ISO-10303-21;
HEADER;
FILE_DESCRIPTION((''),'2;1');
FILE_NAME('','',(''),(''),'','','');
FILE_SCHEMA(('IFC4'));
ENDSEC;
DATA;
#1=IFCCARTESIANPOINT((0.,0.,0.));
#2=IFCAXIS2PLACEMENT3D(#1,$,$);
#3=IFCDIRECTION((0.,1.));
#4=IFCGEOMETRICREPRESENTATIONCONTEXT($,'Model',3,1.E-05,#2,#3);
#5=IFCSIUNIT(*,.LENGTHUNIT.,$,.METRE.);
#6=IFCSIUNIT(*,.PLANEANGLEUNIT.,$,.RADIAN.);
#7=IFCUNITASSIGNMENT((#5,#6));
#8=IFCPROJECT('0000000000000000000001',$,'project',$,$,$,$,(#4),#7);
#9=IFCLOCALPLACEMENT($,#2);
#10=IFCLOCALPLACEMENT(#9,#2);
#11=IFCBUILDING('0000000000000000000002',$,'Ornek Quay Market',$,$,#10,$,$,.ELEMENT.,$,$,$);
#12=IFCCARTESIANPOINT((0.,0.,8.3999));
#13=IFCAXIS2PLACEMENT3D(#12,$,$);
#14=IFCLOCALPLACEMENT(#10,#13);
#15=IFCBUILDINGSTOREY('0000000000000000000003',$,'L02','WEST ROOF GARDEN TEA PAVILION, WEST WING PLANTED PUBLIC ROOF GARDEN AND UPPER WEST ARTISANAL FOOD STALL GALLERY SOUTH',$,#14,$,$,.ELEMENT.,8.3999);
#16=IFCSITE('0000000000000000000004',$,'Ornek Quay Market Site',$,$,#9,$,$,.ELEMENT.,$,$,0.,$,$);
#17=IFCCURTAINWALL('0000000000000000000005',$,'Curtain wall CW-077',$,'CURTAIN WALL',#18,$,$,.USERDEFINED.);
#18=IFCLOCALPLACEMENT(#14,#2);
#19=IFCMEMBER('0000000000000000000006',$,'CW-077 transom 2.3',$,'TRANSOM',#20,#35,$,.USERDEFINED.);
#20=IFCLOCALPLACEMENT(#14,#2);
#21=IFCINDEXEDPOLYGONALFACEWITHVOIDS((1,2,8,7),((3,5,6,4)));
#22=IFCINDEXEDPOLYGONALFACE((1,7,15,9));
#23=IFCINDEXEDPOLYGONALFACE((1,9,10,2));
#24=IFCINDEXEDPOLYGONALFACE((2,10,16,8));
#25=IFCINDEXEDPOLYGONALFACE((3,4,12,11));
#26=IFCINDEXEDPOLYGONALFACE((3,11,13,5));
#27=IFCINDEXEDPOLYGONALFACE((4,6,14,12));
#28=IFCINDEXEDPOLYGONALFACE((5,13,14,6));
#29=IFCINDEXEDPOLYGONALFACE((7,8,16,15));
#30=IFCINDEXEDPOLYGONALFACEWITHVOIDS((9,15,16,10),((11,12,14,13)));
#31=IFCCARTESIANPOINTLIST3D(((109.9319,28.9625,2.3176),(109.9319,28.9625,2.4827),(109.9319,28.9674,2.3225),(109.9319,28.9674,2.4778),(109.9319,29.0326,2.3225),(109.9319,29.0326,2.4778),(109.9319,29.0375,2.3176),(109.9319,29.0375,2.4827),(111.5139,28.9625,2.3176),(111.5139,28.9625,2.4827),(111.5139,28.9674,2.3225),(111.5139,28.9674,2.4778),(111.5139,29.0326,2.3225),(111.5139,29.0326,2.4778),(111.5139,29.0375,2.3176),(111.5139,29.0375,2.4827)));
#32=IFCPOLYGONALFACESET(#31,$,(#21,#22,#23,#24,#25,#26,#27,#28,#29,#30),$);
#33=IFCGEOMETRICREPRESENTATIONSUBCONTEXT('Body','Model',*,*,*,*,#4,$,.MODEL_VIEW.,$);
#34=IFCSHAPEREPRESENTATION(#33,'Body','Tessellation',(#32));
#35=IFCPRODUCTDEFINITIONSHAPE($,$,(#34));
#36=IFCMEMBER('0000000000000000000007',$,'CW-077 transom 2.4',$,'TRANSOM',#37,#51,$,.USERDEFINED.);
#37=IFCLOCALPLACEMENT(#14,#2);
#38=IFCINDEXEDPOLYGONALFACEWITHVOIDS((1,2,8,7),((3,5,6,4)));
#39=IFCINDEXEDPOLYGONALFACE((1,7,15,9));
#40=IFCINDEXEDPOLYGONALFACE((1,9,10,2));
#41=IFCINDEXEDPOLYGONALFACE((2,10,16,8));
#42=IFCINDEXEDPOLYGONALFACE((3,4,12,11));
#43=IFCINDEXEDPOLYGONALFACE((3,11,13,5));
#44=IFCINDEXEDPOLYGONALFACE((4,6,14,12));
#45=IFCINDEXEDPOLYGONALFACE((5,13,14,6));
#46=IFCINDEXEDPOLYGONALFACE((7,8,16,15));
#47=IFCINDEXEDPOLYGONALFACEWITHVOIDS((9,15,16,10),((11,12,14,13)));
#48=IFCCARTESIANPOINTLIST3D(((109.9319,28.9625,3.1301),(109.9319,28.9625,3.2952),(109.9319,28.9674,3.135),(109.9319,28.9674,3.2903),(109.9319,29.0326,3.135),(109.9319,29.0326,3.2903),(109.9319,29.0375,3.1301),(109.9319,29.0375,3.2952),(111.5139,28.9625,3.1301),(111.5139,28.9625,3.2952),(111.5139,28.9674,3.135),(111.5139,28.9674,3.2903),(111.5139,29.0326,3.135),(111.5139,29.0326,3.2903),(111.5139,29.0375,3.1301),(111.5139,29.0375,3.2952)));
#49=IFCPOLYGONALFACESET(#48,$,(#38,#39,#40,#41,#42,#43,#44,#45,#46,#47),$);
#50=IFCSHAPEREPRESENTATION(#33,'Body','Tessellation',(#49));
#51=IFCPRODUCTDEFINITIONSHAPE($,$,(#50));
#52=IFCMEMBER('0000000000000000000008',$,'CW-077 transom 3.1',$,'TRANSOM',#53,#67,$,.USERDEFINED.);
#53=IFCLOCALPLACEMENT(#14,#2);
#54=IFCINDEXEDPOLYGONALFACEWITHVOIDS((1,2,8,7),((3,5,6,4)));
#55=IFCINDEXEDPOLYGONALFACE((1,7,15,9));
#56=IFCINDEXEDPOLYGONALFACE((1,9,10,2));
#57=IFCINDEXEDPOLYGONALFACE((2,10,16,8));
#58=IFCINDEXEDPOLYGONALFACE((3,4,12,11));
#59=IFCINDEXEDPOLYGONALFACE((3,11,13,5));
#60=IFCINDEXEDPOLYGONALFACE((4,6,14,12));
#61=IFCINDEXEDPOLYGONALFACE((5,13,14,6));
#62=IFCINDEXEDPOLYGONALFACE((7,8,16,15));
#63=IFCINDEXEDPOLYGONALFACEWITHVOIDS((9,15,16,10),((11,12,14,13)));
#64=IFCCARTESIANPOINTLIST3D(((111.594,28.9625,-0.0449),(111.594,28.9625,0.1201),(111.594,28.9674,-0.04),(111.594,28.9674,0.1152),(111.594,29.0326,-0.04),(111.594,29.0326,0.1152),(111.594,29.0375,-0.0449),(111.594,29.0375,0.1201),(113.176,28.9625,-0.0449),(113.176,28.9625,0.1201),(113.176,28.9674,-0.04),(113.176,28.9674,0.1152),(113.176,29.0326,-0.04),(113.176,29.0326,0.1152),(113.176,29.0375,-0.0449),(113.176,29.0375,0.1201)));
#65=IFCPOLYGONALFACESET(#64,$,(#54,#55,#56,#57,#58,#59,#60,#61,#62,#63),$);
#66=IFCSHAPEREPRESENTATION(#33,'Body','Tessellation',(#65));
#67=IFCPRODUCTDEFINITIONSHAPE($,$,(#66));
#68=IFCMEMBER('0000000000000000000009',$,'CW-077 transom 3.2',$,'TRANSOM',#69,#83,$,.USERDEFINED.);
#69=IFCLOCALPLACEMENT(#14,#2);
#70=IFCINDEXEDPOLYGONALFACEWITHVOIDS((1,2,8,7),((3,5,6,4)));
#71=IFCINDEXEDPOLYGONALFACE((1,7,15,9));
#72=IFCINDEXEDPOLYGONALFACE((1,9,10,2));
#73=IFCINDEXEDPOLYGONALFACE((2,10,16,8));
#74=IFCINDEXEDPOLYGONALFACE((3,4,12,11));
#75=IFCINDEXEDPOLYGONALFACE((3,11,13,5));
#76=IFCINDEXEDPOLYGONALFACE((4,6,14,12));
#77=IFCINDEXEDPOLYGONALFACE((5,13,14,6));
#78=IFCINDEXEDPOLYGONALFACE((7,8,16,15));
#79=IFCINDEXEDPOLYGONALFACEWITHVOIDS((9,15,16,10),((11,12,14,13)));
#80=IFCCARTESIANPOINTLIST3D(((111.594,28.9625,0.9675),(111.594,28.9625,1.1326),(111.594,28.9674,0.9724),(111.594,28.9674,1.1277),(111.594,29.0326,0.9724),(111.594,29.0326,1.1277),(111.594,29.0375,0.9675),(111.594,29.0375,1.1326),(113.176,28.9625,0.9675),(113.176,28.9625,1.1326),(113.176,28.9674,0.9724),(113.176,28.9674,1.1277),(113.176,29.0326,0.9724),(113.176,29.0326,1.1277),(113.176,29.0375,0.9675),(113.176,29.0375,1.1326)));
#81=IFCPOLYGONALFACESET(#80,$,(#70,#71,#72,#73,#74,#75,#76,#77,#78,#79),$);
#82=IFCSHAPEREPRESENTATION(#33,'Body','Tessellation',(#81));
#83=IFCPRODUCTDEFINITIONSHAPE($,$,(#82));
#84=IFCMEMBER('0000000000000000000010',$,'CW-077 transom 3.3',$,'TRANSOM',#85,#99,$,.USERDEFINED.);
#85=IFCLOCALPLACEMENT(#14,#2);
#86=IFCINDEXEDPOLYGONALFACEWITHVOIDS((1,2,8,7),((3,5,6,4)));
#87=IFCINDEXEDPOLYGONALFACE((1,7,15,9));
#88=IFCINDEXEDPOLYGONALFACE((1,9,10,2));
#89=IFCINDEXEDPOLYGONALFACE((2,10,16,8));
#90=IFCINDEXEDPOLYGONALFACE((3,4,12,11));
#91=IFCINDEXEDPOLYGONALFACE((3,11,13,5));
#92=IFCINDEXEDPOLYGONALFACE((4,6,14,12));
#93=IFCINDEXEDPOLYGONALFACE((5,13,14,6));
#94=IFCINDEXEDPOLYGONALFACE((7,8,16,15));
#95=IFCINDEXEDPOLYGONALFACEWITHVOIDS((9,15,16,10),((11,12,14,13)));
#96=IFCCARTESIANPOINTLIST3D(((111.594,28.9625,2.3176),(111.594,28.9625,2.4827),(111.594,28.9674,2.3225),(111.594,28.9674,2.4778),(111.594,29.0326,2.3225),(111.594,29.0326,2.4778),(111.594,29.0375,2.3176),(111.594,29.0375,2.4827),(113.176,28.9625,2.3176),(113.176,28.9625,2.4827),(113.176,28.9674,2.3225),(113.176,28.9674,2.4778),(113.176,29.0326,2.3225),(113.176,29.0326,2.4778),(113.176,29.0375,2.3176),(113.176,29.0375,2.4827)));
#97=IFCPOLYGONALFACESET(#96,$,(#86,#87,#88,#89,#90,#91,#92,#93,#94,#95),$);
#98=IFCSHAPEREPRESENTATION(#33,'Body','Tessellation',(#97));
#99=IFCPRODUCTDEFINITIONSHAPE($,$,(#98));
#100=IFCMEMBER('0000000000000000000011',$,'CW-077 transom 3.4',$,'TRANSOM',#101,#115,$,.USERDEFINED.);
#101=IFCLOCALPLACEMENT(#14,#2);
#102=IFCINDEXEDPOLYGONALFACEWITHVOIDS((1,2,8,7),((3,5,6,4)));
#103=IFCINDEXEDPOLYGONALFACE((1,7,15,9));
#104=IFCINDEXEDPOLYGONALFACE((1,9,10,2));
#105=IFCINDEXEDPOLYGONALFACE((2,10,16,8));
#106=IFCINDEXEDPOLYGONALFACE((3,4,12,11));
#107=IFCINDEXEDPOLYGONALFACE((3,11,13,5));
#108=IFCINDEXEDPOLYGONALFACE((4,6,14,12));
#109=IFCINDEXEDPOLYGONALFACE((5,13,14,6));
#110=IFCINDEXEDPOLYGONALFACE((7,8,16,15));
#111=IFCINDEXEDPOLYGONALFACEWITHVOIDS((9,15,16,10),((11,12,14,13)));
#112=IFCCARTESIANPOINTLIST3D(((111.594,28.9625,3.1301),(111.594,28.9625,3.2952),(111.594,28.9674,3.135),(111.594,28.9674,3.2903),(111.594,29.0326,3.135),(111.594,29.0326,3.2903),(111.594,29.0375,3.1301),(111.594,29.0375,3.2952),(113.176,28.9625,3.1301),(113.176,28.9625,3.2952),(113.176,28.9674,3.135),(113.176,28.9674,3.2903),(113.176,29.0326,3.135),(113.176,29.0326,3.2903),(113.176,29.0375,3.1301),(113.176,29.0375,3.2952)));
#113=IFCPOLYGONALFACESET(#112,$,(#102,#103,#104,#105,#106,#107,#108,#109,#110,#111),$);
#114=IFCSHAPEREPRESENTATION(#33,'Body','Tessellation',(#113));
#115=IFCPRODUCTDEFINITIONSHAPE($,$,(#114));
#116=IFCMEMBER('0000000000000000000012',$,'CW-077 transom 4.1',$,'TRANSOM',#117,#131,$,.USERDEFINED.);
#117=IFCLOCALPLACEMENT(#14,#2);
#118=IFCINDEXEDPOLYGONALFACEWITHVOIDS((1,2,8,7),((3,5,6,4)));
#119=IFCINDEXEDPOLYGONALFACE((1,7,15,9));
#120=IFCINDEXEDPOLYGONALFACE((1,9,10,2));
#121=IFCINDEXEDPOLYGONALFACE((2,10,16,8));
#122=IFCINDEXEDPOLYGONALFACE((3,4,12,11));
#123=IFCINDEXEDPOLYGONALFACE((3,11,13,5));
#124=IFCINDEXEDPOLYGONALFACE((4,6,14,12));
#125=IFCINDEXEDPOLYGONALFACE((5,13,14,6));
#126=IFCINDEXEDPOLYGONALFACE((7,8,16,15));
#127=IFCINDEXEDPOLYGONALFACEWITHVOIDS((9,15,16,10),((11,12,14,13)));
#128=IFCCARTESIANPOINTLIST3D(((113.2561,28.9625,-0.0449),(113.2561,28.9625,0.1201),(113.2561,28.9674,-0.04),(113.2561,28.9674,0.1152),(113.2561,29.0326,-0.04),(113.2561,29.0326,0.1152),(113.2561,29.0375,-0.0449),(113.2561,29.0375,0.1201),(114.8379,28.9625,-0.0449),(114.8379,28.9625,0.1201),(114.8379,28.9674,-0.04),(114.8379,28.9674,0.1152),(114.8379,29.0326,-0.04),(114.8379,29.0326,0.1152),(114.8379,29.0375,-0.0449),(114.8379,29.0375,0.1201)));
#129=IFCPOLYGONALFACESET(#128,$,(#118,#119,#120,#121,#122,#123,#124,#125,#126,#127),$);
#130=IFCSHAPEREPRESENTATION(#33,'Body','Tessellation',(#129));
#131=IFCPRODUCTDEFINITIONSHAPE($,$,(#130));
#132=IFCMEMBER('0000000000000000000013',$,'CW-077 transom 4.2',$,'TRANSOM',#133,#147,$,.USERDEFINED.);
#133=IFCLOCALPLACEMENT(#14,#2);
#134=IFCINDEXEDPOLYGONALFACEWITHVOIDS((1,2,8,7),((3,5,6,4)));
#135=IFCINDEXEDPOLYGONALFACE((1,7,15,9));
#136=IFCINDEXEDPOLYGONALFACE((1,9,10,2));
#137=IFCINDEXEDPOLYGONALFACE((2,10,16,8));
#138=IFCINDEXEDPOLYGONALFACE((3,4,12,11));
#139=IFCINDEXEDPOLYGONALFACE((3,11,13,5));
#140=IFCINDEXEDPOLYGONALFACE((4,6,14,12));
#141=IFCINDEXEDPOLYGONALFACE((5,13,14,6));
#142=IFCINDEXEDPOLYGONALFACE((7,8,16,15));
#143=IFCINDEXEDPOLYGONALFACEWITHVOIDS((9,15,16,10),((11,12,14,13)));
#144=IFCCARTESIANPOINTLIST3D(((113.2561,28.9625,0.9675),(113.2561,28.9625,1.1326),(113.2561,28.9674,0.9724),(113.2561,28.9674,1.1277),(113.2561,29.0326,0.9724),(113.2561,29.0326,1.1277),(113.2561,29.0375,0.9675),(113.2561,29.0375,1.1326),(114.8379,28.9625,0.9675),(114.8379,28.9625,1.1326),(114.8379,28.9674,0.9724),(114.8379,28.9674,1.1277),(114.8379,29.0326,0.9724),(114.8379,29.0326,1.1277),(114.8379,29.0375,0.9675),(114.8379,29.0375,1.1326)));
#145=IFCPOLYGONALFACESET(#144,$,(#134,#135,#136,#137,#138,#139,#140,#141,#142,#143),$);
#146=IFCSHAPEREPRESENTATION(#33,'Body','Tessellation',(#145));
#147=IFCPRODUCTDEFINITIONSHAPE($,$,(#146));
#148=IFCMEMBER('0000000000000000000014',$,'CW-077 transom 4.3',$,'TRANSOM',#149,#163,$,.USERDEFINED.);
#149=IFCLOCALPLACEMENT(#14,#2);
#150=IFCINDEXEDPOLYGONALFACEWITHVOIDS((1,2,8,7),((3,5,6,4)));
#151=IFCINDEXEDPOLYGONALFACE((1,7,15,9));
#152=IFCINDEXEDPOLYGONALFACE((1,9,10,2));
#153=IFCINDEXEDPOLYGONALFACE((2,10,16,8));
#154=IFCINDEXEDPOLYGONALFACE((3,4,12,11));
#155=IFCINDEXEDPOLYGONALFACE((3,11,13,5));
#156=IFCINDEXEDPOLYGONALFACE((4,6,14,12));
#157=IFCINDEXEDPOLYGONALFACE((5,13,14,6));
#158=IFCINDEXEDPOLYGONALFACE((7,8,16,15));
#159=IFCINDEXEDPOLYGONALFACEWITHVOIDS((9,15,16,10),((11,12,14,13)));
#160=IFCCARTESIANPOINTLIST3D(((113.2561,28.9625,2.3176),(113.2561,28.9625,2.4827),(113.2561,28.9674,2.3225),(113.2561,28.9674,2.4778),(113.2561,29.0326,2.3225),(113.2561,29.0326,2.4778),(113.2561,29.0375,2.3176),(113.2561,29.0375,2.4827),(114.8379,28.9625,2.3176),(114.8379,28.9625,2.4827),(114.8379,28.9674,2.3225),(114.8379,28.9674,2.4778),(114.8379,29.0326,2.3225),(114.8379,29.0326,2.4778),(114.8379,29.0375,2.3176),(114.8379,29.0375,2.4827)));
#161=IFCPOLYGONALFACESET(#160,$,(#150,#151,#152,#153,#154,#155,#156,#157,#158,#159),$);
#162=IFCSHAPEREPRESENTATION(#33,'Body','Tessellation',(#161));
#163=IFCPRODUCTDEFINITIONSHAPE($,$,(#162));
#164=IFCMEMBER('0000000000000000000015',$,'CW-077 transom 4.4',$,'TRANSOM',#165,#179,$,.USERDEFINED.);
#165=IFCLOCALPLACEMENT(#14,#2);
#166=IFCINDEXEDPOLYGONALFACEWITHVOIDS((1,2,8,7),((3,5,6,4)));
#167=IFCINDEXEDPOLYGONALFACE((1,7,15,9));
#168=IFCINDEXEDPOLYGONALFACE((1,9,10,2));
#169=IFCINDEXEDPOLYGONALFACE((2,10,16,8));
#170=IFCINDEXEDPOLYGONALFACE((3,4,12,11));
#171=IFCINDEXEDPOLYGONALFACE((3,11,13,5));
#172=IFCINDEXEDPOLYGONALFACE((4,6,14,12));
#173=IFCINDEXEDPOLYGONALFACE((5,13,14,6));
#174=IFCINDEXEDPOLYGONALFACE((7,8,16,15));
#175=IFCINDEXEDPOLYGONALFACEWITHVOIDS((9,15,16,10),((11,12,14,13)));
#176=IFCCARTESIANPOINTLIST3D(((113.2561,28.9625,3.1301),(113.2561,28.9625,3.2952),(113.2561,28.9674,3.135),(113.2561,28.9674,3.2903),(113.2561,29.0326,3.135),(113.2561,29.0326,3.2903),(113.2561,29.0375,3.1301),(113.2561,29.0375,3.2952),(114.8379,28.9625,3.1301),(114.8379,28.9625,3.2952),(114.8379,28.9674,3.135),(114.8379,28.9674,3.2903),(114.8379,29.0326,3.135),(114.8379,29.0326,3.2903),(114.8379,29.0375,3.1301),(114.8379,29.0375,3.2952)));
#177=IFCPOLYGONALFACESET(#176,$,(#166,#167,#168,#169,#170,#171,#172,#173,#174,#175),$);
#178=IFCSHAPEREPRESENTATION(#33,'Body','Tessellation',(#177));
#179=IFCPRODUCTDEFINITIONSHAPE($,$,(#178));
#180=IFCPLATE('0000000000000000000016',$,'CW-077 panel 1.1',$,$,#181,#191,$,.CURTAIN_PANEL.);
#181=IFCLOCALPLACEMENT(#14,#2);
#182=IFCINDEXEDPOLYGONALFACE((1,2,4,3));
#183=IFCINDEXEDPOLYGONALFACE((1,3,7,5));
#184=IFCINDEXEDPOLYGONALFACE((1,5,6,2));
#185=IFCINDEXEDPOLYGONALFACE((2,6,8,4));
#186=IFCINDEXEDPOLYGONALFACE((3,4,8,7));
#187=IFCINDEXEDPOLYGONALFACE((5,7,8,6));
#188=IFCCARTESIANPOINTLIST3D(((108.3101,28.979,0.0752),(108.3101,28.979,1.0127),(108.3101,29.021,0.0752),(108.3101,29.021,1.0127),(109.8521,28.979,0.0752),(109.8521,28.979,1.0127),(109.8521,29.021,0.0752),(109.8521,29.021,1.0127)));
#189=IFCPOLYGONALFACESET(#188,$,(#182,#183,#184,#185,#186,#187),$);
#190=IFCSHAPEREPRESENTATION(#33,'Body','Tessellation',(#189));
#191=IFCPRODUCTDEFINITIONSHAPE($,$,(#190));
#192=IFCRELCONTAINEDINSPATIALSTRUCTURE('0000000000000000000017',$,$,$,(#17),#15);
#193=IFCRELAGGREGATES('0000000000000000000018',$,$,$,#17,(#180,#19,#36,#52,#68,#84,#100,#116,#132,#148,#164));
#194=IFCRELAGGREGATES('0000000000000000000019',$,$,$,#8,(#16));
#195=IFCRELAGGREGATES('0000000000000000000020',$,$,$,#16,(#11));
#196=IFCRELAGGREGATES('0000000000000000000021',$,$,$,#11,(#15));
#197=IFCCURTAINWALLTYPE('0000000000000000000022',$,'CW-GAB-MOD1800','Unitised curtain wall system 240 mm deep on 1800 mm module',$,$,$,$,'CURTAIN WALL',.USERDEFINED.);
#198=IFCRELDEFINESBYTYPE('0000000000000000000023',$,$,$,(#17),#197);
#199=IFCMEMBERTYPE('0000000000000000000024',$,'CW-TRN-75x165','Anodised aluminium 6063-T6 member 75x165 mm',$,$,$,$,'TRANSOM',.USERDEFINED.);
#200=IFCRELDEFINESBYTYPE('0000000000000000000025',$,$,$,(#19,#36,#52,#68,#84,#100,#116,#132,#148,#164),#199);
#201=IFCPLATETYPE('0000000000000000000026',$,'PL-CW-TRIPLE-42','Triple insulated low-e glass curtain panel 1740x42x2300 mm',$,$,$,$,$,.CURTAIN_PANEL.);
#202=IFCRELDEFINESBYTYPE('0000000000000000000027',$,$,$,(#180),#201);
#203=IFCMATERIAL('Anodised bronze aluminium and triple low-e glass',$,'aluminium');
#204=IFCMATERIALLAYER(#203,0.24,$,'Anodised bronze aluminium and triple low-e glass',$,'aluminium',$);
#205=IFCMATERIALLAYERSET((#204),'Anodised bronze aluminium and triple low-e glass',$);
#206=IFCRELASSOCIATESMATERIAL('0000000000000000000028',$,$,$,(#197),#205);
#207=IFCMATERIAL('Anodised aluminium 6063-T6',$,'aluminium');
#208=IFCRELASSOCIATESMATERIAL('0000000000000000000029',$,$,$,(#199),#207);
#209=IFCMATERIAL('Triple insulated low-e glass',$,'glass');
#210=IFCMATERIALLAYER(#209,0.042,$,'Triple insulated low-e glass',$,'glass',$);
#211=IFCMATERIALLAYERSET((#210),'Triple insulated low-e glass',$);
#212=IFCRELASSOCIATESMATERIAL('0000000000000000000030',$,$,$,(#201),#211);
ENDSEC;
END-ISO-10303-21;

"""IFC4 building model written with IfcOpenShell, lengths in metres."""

from ifc_helpers import new_model, si_unit, direction, frame, origin, origin_2d, place, context, subcontext, project, spatial, rectangle, hollow_rectangle, extrude, material, layer, layer_set, material_profile, profile_set, type_object, element, aggregate, save


model = new_model("IFC4")

# Units and contexts
model_context = context("Model", 3, precision=1e-05, world=origin(), true_north=direction((0.0, 1.0)))
body_context = subcontext(model_context, "Body", "Model", "MODEL_VIEW")
ifc_project = project(units=[si_unit("LENGTHUNIT", "METRE"), si_unit("PLANEANGLEUNIT", "RADIAN")], contexts=[model_context])

# Site, building, storey
site_placement = place(None, origin())
site = spatial("IfcSite", under=ifc_project, at=site_placement, Name="Ornek Quay Market Site", CompositionType="ELEMENT", RefElevation=0.0)
building_placement = place(site_placement, origin())
building = spatial("IfcBuilding", under=site, at=building_placement, Name="Ornek Quay Market", CompositionType="ELEMENT")
storey_placement = place(building_placement, frame((0.0, 0.0, 8.3999)))
storey = spatial("IfcBuildingStorey", under=building, at=storey_placement, Name="L02", Description="WEST ROOF GARDEN TEA PAVILION, WEST WING PLANTED PUBLIC ROOF GARDEN AND UPPER WEST ARTISANAL FOOD STALL GALLERY SOUTH", CompositionType="ELEMENT", Elevation=8.3999)

# Curtain wall, members, plate
ifc_material_1 = material(Name="Anodised bronze aluminium and triple low-e glass", Category="aluminium")
ifc_layer_1 = layer(ifc_material_1, 0.24, Name="Anodised bronze aluminium and triple low-e glass", Category="aluminium")
ifc_layer_set_1 = layer_set([ifc_layer_1], Name="Anodised bronze aluminium and triple low-e glass")
curtain_wall_type = type_object("IfcCurtainWallType", Name="CW-GAB-MOD1800", Description="Unitised curtain wall system 240 mm deep on 1800 mm module", ElementType="CURTAIN WALL", PredefinedType="USERDEFINED", material=ifc_layer_set_1)
curtain_wall_placement = place(storey_placement, origin())
curtain_wall = element("IfcCurtainWall", 1, at=curtain_wall_placement, inside=storey, type_object=curtain_wall_type, Name="Curtain wall CW-077", ObjectType="CURTAIN WALL", PredefinedType="USERDEFINED")
ifc_material_2 = material(Name="Anodised aluminium 6063-T6", Category="aluminium")
ifc_material_profile_1 = material_profile(ifc_material_2, hollow_rectangle(XDim=0.075, YDim=0.165, WallThickness=0.0049, at=origin_2d()), Name="CW-TRN-75x165", Category="aluminium")
ifc_profile_set_1 = profile_set([ifc_material_profile_1], Name="Anodised aluminium 6063-T6")
member_type_1 = type_object("IfcMemberType", Name="CW-TRN-75x165", Description="Anodised aluminium 6063-T6 member 75x165 mm", ElementType="TRANSOM", PredefinedType="USERDEFINED", material=ifc_profile_set_1)
member_1_placement = place(storey_placement, frame((109.9319, 29.0, 2.4001), z_axis=(1.0, 0.0, 0.0), x_axis=(0.0, 1.0, 0.0)))
member_1 = element("IfcMember", 2, at=member_1_placement, type_object=member_type_1, Name="CW-077 transom 2.3", ObjectType="TRANSOM", PredefinedType="USERDEFINED", context=body_context, shape_type="SweptSolid", body=[
    extrude(hollow_rectangle(XDim=0.075, YDim=0.165, WallThickness=0.0049, at=origin_2d()), origin(), (0.0, 0.0, 1.0), 1.582),
])
member_2_placement = place(storey_placement, frame((109.9319, 29.0, 3.2126), z_axis=(1.0, 0.0, 0.0), x_axis=(0.0, 1.0, 0.0)))
member_2 = element("IfcMember", 3, at=member_2_placement, type_object=member_type_1, Name="CW-077 transom 2.4", ObjectType="TRANSOM", PredefinedType="USERDEFINED", context=body_context, shape_type="SweptSolid", body=[
    extrude(hollow_rectangle(XDim=0.075, YDim=0.165, WallThickness=0.0049, at=origin_2d()), origin(), (0.0, 0.0, 1.0), 1.582),
])
member_3_placement = place(storey_placement, frame((111.594, 29.0, 0.0376), z_axis=(1.0, 0.0, 0.0), x_axis=(0.0, 1.0, 0.0)))
member_3 = element("IfcMember", 4, at=member_3_placement, type_object=member_type_1, Name="CW-077 transom 3.1", ObjectType="TRANSOM", PredefinedType="USERDEFINED", context=body_context, shape_type="SweptSolid", body=[
    extrude(hollow_rectangle(XDim=0.075, YDim=0.165, WallThickness=0.0049, at=origin_2d()), origin(), (0.0, 0.0, 1.0), 1.582),
])
member_4_placement = place(storey_placement, frame((111.594, 29.0, 1.05), z_axis=(1.0, 0.0, 0.0), x_axis=(0.0, 1.0, 0.0)))
member_4 = element("IfcMember", 5, at=member_4_placement, type_object=member_type_1, Name="CW-077 transom 3.2", ObjectType="TRANSOM", PredefinedType="USERDEFINED", context=body_context, shape_type="SweptSolid", body=[
    extrude(hollow_rectangle(XDim=0.075, YDim=0.165, WallThickness=0.0049, at=origin_2d()), origin(), (0.0, 0.0, 1.0), 1.582),
])
member_5_placement = place(storey_placement, frame((111.594, 29.0, 2.4001), z_axis=(1.0, 0.0, 0.0), x_axis=(0.0, 1.0, 0.0)))
member_5 = element("IfcMember", 6, at=member_5_placement, type_object=member_type_1, Name="CW-077 transom 3.3", ObjectType="TRANSOM", PredefinedType="USERDEFINED", context=body_context, shape_type="SweptSolid", body=[
    extrude(hollow_rectangle(XDim=0.075, YDim=0.165, WallThickness=0.0049, at=origin_2d()), origin(), (0.0, 0.0, 1.0), 1.582),
])
member_6_placement = place(storey_placement, frame((111.594, 29.0, 3.2126), z_axis=(1.0, 0.0, 0.0), x_axis=(0.0, 1.0, 0.0)))
member_6 = element("IfcMember", 7, at=member_6_placement, type_object=member_type_1, Name="CW-077 transom 3.4", ObjectType="TRANSOM", PredefinedType="USERDEFINED", context=body_context, shape_type="SweptSolid", body=[
    extrude(hollow_rectangle(XDim=0.075, YDim=0.165, WallThickness=0.0049, at=origin_2d()), origin(), (0.0, 0.0, 1.0), 1.582),
])
member_7_placement = place(storey_placement, frame((113.2561, 29.0, 0.0376), z_axis=(1.0, 0.0, 0.0), x_axis=(0.0, 1.0, 0.0)))
member_7 = element("IfcMember", 8, at=member_7_placement, type_object=member_type_1, Name="CW-077 transom 4.1", ObjectType="TRANSOM", PredefinedType="USERDEFINED", context=body_context, shape_type="SweptSolid", body=[
    extrude(hollow_rectangle(XDim=0.075, YDim=0.165, WallThickness=0.0049, at=origin_2d()), origin(), (0.0, 0.0, 1.0), 1.5818),
])
member_8_placement = place(storey_placement, frame((113.2561, 29.0, 1.05), z_axis=(1.0, 0.0, 0.0), x_axis=(0.0, 1.0, 0.0)))
member_8 = element("IfcMember", 9, at=member_8_placement, type_object=member_type_1, Name="CW-077 transom 4.2", ObjectType="TRANSOM", PredefinedType="USERDEFINED", context=body_context, shape_type="SweptSolid", body=[
    extrude(hollow_rectangle(XDim=0.075, YDim=0.165, WallThickness=0.0049, at=origin_2d()), origin(), (0.0, 0.0, 1.0), 1.5818),
])
member_9_placement = place(storey_placement, frame((113.2561, 29.0, 2.4001), z_axis=(1.0, 0.0, 0.0), x_axis=(0.0, 1.0, 0.0)))
member_9 = element("IfcMember", 10, at=member_9_placement, type_object=member_type_1, Name="CW-077 transom 4.3", ObjectType="TRANSOM", PredefinedType="USERDEFINED", context=body_context, shape_type="SweptSolid", body=[
    extrude(hollow_rectangle(XDim=0.075, YDim=0.165, WallThickness=0.0049, at=origin_2d()), origin(), (0.0, 0.0, 1.0), 1.5818),
])
member_10_placement = place(storey_placement, frame((113.2561, 29.0, 3.2126), z_axis=(1.0, 0.0, 0.0), x_axis=(0.0, 1.0, 0.0)))
member_10 = element("IfcMember", 11, at=member_10_placement, type_object=member_type_1, Name="CW-077 transom 4.4", ObjectType="TRANSOM", PredefinedType="USERDEFINED", context=body_context, shape_type="SweptSolid", body=[
    extrude(hollow_rectangle(XDim=0.075, YDim=0.165, WallThickness=0.0049, at=origin_2d()), origin(), (0.0, 0.0, 1.0), 1.5818),
])
ifc_material_3 = material(Name="Triple insulated low-e glass", Category="glass")
ifc_layer_2 = layer(ifc_material_3, 0.042, Name="Triple insulated low-e glass", Category="glass")
ifc_layer_set_2 = layer_set([ifc_layer_2], Name="Triple insulated low-e glass")
plate_type = type_object("IfcPlateType", Name="PL-CW-TRIPLE-42", Description="Triple insulated low-e glass curtain panel 1740x42x2300 mm", PredefinedType="CURTAIN_PANEL", material=ifc_layer_set_2)
plate_1_placement = place(storey_placement, frame((109.0811, 29.0, 0.0752), z_axis=(0.0, 0.0, 1.0), x_axis=(1.0, 0.0, 0.0)))
plate_1 = element("IfcPlate", 12, at=plate_1_placement, type_object=plate_type, Name="CW-077 panel 1.1", PredefinedType="CURTAIN_PANEL", context=body_context, shape_type="SweptSolid", body=[
    extrude(rectangle(XDim=1.542, YDim=0.042, at=origin_2d()), origin(), (0.0, 0.0, 1.0), 0.9375),
])
aggregate(curtain_wall, [plate_1, member_1, member_2, member_3, member_4, member_5, member_6, member_7, member_8, member_9, member_10])

save(model, "model.ifc")
